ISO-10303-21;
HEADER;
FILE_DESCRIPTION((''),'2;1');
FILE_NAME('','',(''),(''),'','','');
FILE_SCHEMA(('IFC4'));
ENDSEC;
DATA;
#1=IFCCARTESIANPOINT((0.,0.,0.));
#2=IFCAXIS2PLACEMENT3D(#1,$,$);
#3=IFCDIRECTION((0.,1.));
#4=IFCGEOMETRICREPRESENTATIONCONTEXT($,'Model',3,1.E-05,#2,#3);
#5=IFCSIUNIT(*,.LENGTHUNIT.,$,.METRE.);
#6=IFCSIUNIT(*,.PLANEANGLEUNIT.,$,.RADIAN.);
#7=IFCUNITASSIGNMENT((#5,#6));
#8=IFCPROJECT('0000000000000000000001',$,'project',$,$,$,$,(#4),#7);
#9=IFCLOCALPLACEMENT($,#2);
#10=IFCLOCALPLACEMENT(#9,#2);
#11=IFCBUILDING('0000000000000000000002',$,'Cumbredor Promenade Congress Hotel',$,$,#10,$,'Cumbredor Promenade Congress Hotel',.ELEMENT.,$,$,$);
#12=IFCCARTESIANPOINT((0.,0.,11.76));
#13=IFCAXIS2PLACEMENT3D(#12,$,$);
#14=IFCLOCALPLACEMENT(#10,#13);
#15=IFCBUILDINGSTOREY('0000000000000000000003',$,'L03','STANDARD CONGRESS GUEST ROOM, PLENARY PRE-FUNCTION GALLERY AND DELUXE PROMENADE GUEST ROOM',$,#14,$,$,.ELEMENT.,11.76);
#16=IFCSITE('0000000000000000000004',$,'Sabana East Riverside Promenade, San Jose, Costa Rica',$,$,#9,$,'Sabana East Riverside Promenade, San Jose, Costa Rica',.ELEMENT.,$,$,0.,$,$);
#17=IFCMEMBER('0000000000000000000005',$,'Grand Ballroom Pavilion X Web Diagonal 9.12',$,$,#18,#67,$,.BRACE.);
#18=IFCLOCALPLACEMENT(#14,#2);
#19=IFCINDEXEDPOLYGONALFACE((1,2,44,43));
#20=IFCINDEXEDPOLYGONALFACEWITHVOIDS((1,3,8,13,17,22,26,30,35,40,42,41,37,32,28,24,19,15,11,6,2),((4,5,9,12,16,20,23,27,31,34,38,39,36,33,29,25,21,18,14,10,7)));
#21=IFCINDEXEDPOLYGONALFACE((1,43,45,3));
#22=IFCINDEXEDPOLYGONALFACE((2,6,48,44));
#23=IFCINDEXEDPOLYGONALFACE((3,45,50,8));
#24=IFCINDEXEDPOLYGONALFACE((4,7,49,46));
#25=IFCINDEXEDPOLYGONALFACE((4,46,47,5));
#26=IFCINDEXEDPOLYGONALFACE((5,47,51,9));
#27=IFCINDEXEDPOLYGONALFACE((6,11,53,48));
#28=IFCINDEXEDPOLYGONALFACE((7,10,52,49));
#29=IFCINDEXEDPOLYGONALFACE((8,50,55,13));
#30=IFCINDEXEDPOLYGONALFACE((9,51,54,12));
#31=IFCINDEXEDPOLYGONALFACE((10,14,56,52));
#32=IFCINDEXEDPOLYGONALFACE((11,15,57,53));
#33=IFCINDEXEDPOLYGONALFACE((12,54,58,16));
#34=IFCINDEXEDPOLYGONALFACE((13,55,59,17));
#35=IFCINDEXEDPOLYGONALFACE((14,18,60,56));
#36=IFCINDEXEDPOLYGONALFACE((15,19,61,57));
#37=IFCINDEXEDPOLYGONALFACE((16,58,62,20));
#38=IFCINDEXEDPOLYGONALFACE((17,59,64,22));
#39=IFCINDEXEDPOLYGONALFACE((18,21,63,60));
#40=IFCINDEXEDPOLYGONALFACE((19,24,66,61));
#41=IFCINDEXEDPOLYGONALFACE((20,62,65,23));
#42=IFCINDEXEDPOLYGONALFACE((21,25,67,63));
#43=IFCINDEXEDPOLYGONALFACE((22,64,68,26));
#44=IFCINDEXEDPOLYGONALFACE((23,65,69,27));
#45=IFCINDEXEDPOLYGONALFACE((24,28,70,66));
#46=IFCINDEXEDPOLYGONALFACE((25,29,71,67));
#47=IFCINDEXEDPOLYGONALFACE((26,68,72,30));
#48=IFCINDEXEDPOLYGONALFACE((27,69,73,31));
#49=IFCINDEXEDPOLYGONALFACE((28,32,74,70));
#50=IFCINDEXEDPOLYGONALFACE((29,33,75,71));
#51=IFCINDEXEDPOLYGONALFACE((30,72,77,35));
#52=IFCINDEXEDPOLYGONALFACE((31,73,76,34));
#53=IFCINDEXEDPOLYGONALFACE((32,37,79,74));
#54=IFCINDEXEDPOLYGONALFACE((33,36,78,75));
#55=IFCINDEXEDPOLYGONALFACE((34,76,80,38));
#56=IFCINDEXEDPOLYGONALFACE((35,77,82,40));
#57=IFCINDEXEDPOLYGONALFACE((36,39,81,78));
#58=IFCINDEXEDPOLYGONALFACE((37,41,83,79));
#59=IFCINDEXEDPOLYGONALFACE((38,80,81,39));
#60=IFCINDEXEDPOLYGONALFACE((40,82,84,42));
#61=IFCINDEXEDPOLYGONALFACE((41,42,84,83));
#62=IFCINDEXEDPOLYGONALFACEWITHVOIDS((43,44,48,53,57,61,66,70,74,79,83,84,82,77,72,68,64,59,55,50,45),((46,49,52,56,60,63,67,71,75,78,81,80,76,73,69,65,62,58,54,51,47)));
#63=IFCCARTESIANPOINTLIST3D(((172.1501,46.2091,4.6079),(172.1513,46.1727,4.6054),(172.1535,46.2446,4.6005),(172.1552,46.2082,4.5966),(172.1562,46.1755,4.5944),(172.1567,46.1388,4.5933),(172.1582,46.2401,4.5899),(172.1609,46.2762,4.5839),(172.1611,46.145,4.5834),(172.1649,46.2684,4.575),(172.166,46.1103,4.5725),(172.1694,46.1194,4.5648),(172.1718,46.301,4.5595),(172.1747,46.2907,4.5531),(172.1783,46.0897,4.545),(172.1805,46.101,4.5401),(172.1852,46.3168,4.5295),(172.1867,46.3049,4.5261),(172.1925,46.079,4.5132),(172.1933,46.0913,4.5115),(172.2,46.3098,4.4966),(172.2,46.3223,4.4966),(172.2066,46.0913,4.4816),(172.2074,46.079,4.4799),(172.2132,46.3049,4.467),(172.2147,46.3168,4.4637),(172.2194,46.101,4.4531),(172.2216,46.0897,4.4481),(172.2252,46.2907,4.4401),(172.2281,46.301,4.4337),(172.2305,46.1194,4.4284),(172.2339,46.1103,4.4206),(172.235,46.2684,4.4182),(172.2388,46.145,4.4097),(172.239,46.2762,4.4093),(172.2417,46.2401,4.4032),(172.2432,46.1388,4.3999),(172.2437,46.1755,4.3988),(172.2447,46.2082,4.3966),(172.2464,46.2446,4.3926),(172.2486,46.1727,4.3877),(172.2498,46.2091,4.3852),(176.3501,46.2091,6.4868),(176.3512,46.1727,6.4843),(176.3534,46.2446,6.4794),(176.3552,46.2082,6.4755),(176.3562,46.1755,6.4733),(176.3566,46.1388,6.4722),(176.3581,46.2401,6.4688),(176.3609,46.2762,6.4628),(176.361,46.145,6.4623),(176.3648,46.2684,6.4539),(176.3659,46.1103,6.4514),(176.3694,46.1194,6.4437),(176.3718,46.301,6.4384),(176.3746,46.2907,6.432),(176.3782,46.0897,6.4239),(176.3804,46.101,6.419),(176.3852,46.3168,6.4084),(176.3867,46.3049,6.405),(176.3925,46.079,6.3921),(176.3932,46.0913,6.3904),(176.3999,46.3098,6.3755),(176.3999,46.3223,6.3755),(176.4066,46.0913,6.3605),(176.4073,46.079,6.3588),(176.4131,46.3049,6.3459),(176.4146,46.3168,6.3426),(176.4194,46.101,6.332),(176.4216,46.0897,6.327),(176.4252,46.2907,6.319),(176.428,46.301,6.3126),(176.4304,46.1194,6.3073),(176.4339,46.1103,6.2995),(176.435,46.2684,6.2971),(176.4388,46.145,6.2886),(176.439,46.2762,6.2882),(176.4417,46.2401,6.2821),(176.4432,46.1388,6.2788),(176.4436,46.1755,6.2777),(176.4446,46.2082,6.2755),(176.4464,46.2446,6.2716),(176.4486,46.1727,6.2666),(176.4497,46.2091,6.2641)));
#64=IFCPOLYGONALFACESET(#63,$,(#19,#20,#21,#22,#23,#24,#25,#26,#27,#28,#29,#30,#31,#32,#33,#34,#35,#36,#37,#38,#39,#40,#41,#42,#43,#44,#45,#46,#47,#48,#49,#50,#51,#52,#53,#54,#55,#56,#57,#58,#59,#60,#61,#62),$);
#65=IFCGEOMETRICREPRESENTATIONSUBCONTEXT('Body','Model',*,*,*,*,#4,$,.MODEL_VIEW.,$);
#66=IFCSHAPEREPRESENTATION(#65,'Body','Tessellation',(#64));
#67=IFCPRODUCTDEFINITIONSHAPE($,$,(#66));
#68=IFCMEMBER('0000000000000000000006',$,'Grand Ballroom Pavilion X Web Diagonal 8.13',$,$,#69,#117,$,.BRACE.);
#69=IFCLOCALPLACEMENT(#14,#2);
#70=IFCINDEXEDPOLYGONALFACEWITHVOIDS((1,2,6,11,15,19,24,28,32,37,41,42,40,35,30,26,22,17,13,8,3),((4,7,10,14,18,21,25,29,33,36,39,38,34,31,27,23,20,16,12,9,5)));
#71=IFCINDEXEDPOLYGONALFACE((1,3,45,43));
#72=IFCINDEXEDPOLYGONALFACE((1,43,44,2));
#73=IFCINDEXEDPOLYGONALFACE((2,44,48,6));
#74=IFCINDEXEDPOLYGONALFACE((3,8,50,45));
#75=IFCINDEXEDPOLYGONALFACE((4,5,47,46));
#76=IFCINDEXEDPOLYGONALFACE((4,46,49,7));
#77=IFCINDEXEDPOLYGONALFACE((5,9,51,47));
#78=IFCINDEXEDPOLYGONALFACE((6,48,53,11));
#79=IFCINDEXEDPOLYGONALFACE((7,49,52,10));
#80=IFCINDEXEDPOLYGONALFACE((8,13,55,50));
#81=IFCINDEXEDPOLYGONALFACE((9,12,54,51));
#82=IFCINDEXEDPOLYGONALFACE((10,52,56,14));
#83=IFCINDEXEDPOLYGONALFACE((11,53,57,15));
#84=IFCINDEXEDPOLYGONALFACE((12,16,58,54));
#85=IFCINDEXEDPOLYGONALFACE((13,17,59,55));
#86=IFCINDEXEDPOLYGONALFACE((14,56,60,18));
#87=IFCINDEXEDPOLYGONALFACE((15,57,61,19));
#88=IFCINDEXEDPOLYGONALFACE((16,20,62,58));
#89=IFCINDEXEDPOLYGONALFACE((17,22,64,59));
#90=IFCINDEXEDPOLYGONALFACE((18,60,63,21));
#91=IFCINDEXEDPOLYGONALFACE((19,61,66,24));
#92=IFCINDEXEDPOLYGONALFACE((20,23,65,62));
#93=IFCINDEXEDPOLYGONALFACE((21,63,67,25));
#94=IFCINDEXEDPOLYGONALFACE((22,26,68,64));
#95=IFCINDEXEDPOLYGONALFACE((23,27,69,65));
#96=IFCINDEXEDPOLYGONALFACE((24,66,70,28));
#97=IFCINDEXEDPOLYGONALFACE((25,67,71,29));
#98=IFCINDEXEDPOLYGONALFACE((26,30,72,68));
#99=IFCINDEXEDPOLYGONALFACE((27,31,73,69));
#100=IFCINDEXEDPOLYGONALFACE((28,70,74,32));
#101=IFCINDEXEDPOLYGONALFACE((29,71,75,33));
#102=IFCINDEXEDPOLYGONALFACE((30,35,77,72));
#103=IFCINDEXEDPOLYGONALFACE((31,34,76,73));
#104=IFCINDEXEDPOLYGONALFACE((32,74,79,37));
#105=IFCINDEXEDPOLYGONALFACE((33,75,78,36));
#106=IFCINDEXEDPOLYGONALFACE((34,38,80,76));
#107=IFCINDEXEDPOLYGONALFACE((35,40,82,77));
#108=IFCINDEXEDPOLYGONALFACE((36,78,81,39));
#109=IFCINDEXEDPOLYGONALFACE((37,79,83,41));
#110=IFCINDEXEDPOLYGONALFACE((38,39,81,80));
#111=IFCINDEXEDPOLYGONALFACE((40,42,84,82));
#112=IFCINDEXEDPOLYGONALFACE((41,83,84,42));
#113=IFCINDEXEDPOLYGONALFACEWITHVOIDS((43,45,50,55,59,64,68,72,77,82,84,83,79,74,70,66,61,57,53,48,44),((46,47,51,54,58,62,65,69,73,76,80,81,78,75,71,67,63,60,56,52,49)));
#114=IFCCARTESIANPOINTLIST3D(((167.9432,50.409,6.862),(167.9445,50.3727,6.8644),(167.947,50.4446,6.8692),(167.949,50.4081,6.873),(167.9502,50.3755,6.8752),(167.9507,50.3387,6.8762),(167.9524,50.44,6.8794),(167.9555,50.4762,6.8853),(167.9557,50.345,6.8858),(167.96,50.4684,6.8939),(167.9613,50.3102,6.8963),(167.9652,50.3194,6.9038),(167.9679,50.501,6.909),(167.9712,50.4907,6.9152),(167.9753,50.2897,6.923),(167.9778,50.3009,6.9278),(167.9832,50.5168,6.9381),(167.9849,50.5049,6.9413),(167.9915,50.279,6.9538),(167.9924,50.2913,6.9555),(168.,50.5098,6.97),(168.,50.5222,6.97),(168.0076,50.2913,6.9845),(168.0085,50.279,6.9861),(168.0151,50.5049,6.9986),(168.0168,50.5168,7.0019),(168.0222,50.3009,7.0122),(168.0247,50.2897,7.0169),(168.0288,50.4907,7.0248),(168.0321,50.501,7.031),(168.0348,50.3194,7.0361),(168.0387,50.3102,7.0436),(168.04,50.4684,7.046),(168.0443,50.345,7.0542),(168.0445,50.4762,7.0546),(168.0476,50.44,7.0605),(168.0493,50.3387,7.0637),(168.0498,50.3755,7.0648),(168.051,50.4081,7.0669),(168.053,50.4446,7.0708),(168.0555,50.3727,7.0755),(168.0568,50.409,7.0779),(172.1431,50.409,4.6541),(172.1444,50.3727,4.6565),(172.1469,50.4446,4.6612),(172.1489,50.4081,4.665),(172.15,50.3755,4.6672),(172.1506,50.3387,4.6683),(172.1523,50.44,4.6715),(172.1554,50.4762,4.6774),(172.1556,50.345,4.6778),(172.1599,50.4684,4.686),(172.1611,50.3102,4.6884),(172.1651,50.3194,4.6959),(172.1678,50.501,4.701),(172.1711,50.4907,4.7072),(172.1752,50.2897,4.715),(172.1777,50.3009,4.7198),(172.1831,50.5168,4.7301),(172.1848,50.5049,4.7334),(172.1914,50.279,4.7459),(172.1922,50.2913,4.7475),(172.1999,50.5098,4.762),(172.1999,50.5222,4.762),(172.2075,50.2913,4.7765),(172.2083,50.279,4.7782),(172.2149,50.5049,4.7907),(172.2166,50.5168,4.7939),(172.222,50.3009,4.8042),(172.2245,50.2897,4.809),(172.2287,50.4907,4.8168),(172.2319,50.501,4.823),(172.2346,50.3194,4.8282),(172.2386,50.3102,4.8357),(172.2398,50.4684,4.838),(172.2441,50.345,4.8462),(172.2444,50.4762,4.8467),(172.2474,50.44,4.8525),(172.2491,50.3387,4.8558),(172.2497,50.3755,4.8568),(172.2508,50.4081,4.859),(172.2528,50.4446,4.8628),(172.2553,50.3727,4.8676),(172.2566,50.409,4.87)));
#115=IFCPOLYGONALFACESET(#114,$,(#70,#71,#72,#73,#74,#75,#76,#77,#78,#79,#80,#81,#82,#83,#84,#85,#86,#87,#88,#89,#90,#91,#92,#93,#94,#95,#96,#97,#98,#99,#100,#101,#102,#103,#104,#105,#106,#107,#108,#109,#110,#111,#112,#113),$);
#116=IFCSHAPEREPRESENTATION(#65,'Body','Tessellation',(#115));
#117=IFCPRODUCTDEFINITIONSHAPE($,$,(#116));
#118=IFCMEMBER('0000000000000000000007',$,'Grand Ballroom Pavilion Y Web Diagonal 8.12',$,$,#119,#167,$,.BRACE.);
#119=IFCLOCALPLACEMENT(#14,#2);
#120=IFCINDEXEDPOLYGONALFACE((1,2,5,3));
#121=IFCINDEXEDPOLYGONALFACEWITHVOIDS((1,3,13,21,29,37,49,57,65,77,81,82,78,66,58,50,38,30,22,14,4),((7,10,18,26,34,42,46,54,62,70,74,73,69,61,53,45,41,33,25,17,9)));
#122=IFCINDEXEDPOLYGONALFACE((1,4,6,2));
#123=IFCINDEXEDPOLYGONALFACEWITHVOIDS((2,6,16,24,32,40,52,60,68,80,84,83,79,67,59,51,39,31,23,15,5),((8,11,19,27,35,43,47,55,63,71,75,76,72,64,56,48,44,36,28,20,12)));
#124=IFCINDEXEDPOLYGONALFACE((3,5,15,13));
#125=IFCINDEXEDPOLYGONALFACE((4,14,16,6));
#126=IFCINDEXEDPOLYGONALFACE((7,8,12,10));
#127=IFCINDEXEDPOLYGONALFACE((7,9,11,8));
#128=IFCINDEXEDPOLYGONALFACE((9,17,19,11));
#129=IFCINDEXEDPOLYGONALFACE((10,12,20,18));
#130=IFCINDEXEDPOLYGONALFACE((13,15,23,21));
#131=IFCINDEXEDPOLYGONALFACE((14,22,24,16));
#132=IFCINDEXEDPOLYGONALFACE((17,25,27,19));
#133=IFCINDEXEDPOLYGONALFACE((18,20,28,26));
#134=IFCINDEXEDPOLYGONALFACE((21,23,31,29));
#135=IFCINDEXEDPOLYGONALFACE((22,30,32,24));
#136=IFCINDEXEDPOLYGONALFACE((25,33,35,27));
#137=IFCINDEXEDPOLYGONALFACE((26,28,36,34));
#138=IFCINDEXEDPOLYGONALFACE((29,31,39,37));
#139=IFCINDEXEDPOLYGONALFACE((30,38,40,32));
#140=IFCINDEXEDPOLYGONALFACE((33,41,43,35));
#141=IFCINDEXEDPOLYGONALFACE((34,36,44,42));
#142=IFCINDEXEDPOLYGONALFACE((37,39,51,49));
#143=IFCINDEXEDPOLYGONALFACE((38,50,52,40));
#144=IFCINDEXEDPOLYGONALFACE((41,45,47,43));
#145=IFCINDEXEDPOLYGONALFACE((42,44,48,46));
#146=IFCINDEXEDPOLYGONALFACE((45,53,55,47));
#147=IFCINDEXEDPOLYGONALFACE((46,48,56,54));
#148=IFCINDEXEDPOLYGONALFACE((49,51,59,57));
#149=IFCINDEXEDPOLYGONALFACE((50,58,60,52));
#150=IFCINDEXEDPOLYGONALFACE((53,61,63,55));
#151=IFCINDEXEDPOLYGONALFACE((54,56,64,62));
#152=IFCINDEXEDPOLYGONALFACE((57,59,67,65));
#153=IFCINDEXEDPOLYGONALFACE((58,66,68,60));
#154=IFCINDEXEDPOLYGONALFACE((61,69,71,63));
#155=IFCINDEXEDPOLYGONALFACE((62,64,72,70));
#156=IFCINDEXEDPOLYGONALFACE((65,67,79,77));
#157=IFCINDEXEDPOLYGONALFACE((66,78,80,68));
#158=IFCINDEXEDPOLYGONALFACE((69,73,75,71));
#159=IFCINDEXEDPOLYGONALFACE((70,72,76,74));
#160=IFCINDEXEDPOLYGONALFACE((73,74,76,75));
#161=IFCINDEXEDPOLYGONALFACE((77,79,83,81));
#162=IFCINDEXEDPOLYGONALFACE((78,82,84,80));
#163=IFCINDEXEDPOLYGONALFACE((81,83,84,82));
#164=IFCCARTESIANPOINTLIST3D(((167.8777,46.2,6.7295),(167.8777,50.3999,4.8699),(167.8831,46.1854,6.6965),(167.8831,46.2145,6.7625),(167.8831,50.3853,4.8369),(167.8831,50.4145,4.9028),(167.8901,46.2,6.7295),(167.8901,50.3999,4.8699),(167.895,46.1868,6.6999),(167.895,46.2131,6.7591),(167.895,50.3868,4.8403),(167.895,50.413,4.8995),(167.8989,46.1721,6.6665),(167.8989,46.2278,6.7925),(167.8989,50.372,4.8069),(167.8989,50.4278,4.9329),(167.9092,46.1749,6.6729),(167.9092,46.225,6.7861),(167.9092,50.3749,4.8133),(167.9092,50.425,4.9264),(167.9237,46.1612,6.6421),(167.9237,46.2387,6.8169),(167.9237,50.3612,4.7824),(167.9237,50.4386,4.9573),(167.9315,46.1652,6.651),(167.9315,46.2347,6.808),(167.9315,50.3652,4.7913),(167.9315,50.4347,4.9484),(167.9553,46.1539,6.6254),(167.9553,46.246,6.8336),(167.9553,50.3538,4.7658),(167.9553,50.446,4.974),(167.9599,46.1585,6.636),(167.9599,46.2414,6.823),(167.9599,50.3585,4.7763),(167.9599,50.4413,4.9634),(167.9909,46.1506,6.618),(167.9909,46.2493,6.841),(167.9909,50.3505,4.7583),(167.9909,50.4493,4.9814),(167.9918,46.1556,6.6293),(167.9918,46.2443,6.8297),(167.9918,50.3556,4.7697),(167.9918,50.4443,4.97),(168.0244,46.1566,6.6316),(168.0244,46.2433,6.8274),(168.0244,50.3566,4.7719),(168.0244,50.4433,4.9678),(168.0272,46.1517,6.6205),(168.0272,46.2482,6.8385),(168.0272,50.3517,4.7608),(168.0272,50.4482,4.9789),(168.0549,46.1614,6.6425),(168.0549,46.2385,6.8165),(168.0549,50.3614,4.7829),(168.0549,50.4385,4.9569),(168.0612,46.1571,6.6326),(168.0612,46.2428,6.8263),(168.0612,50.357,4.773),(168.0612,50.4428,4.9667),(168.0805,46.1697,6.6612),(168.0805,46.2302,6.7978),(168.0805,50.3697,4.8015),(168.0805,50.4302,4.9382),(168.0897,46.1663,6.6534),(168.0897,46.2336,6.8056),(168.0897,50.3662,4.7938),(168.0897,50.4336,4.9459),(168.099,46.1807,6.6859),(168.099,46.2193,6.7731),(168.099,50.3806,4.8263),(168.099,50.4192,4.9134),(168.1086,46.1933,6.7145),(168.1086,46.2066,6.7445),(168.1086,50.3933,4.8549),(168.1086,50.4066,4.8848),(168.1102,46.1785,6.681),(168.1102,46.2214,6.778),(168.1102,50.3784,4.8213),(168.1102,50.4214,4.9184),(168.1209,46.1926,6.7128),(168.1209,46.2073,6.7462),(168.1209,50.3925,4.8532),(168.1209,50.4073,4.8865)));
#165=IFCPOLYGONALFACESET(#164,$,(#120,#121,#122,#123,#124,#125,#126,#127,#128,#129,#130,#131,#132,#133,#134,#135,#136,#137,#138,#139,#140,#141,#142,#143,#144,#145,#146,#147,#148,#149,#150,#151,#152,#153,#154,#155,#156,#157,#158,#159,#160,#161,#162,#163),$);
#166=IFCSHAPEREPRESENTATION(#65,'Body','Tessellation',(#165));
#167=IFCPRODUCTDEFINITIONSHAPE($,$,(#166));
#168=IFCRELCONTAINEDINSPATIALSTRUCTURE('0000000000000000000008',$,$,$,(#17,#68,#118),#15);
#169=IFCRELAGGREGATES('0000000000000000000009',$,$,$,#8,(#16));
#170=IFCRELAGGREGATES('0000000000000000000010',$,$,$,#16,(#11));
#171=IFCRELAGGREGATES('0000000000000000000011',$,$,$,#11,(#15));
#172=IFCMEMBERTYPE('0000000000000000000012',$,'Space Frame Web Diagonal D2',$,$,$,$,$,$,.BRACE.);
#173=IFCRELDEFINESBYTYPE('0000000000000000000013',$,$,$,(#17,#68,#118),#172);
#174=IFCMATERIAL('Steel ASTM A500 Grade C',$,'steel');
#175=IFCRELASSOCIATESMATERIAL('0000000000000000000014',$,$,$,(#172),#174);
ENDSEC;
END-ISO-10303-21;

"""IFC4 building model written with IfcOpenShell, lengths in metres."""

from ifc_helpers import new_model, si_unit, direction, frame, origin, origin_2d, place, context, subcontext, project, spatial, hollow_circle, extrude, material, material_profile, profile_set, type_object, element, save


model = new_model("IFC4")

# Units and contexts
model_context = context("Model", 3, precision=1e-05, world=origin(), true_north=direction((0.0, 1.0)))
body_context = subcontext(model_context, "Body", "Model", "MODEL_VIEW")
ifc_project = project(units=[si_unit("LENGTHUNIT", "METRE"), si_unit("PLANEANGLEUNIT", "RADIAN")], contexts=[model_context])

# Site, building, storey
site_placement = place(None, origin())
site = spatial("IfcSite", under=ifc_project, at=site_placement, Name="Sabana East Riverside Promenade, San Jose, Costa Rica", LongName="Sabana East Riverside Promenade, San Jose, Costa Rica", CompositionType="ELEMENT", RefElevation=0.0)
building_placement = place(site_placement, origin())
building = spatial("IfcBuilding", under=site, at=building_placement, Name="Cumbredor Promenade Congress Hotel", LongName="Cumbredor Promenade Congress Hotel", CompositionType="ELEMENT")
storey_placement = place(building_placement, frame((0.0, 0.0, 11.76)))
storey = spatial("IfcBuildingStorey", under=building, at=storey_placement, Name="L03", Description="STANDARD CONGRESS GUEST ROOM, PLENARY PRE-FUNCTION GALLERY AND DELUXE PROMENADE GUEST ROOM", CompositionType="ELEMENT", Elevation=11.76)

# Members
ifc_material_1 = material(Name="Steel ASTM A500 Grade C", Category="steel")
ifc_material_profile_1 = material_profile(ifc_material_1, hollow_circle(Radius=0.1223, WallThickness=0.0125, at=origin_2d()), Name="CHS 244.5x12.5")
ifc_profile_set_1 = profile_set([ifc_material_profile_1], Name="Steel ASTM A500 Grade C")
member_type_1 = type_object("IfcMemberType", Name="Space Frame Web Diagonal D2", PredefinedType="BRACE", material=ifc_profile_set_1)
member_1_placement = place(storey_placement, frame((172.2, 46.2, 4.4966), z_axis=(0.91282, 0.0, 0.408363), x_axis=(0.0, 1.0, 0.0)))
element("IfcMember", 1, at=member_1_placement, inside=storey, type_object=member_type_1, Name="Grand Ballroom Pavilion X Web Diagonal 9.12", PredefinedType="BRACE", context=body_context, shape_type="SweptSolid", body=[
    extrude(hollow_circle(Radius=0.1223, WallThickness=0.0125, at=origin_2d()), origin(), (0.0, 0.0, 1.0), 4.6011),
])
member_2_placement = place(storey_placement, frame((168.0, 50.3999, 6.97), z_axis=(0.885135, 0.0, -0.465335), x_axis=(0.0, 1.0, 0.0)))
element("IfcMember", 2, at=member_2_placement, inside=storey, type_object=member_type_1, Name="Grand Ballroom Pavilion X Web Diagonal 8.13", PredefinedType="BRACE", context=body_context, shape_type="SweptSolid", body=[
    extrude(hollow_circle(Radius=0.1223, WallThickness=0.0125, at=origin_2d()), origin(), (0.0, 0.0, 1.0), 4.7449),
])
member_3_placement = place(storey_placement, frame((168.0, 46.2, 6.7295), z_axis=(0.0, 0.914378, -0.404861), x_axis=(-1.0, 0.0, 0.0)))
element("IfcMember", 3, at=member_3_placement, inside=storey, type_object=member_type_1, Name="Grand Ballroom Pavilion Y Web Diagonal 8.12", PredefinedType="BRACE", context=body_context, shape_type="SweptSolid", body=[
    extrude(hollow_circle(Radius=0.1223, WallThickness=0.0125, at=origin_2d()), origin(), (0.0, 0.0, 1.0), 4.5933),
])

save(model, "model.ifc")
